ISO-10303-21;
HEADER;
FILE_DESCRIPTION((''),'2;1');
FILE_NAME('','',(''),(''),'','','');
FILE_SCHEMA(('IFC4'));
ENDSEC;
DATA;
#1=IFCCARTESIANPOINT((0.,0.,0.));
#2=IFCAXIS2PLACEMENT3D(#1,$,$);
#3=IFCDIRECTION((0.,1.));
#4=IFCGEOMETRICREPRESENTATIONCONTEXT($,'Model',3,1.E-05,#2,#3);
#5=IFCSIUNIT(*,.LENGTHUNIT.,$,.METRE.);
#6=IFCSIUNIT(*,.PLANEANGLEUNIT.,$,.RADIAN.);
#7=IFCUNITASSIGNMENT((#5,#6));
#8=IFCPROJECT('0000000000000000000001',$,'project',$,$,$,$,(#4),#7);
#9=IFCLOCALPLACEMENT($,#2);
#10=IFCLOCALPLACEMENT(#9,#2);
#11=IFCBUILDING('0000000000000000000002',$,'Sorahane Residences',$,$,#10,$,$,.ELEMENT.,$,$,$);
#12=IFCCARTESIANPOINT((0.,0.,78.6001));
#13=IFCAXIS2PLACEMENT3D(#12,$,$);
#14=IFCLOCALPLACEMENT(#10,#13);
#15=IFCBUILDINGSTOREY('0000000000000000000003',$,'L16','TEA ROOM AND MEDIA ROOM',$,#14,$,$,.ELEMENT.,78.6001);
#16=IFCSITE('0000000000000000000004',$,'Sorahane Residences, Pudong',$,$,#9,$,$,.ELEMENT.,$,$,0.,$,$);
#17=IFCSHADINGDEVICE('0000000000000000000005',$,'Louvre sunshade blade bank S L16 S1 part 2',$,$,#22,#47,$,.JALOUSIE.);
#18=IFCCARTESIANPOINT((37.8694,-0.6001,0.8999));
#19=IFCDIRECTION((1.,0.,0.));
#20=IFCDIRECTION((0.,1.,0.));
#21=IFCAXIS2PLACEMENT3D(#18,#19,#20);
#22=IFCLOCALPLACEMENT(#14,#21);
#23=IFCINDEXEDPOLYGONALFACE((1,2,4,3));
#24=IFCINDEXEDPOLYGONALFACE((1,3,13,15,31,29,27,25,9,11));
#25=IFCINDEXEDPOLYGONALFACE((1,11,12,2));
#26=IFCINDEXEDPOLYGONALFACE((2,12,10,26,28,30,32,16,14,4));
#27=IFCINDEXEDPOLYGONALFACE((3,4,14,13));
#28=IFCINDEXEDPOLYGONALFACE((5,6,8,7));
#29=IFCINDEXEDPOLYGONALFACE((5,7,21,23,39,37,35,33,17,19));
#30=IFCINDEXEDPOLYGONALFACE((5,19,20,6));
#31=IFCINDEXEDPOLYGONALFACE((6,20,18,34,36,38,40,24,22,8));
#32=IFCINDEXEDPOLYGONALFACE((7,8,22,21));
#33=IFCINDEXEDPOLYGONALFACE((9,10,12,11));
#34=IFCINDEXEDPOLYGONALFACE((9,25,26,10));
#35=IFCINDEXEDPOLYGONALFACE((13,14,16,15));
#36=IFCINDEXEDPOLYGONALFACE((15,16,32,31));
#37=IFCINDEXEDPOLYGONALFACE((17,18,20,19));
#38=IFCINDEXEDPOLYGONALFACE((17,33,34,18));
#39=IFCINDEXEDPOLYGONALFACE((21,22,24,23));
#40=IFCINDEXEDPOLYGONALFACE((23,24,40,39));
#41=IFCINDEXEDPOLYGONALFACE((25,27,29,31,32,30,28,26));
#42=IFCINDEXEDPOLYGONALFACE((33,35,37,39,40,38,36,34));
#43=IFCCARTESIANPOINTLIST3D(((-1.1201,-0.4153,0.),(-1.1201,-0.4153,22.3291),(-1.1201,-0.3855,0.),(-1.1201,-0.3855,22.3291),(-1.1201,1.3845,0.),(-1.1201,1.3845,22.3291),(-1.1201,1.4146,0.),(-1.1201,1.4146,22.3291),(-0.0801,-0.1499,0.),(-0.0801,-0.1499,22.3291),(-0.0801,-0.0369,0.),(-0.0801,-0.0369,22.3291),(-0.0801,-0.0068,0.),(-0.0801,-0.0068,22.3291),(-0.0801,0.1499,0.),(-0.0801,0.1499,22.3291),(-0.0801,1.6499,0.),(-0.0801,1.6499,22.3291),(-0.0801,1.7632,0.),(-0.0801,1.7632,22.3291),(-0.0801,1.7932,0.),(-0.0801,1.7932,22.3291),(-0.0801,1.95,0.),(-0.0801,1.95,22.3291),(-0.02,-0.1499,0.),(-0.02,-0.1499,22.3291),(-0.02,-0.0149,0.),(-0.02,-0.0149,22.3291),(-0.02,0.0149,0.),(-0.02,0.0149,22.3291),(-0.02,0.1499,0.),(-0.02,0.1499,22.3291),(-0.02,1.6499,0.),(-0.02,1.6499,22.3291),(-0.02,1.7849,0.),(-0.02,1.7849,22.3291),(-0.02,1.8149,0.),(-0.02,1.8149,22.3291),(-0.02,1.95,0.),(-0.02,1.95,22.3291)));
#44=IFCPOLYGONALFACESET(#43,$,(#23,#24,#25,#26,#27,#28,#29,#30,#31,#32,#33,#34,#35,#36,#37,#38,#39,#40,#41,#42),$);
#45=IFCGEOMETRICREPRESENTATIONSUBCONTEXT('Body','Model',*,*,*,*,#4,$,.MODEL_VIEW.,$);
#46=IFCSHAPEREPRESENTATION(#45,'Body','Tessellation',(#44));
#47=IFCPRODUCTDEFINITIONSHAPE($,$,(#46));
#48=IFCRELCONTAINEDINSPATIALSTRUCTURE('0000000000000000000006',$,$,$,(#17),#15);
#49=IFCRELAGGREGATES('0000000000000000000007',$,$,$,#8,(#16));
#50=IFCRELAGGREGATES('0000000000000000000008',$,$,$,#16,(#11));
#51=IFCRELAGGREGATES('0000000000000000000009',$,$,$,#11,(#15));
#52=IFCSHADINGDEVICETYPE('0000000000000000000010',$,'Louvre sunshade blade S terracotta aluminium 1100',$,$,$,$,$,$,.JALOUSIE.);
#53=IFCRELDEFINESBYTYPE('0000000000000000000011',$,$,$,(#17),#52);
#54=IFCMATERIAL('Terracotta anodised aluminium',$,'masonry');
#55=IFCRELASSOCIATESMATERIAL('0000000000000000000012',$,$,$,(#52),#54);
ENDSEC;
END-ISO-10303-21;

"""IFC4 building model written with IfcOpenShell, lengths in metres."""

from ifc_helpers import new_model, si_unit, direction, frame, origin, place, context, subcontext, project, spatial, polyline, outline, composite_profile, extrude, material, type_object, element, save


model = new_model("IFC4")

# Units and contexts
model_context = context("Model", 3, precision=1e-05, world=origin(), true_north=direction((0.0, 1.0)))
body_context = subcontext(model_context, "Body", "Model", "MODEL_VIEW")
ifc_project = project(units=[si_unit("LENGTHUNIT", "METRE"), si_unit("PLANEANGLEUNIT", "RADIAN")], contexts=[model_context])

# Site, building, storey
site_placement = place(None, origin())
site = spatial("IfcSite", under=ifc_project, at=site_placement, Name="Sorahane Residences, Pudong", CompositionType="ELEMENT", RefElevation=0.0)
building_placement = place(site_placement, origin())
building = spatial("IfcBuilding", under=site, at=building_placement, Name="Sorahane Residences", CompositionType="ELEMENT")
storey_placement = place(building_placement, frame((0.0, 0.0, 78.6001)))
storey = spatial("IfcBuildingStorey", under=building, at=storey_placement, Name="L16", Description="TEA ROOM AND MEDIA ROOM", CompositionType="ELEMENT", Elevation=78.6001)

# Shading device
ifc_material_1 = material(Name="Terracotta anodised aluminium", Category="masonry")
shading_device_type = type_object("IfcShadingDeviceType", Name="Louvre sunshade blade S terracotta aluminium 1100", PredefinedType="JALOUSIE", material=ifc_material_1)
shading_device_placement = place(storey_placement, frame((37.8694, -0.6001, 0.8999), z_axis=(1.0, 0.0, 0.0), x_axis=(0.0, 1.0, 0.0)))
element("IfcShadingDevice", 1, at=shading_device_placement, inside=storey, type_object=shading_device_type, Name="Louvre sunshade blade bank S L16 S1 part 2", PredefinedType="JALOUSIE", context=body_context, shape_type="SweptSolid", body=[
    extrude(composite_profile([outline(polyline([(-1.1201, -0.3855), (-1.1201, -0.4153), (-0.0801, -0.0369), (-0.0801, -0.1499), (-0.02, -0.1499), (-0.02, -0.0149), (-0.02, 0.0149), (-0.02, 0.1499), (-0.0801, 0.1499), (-0.0801, -0.0068), (-1.1201, -0.3855)])), outline(polyline([(-1.1201, 1.4146), (-1.1201, 1.3845), (-0.0801, 1.7632), (-0.0801, 1.6499), (-0.02, 1.6499), (-0.02, 1.7849), (-0.02, 1.8149), (-0.02, 1.95), (-0.0801, 1.95), (-0.0801, 1.7932), (-1.1201, 1.4146)]))]), origin(), (0.0, 0.0, 1.0), 22.3291),
])

save(model, "model.ifc")
